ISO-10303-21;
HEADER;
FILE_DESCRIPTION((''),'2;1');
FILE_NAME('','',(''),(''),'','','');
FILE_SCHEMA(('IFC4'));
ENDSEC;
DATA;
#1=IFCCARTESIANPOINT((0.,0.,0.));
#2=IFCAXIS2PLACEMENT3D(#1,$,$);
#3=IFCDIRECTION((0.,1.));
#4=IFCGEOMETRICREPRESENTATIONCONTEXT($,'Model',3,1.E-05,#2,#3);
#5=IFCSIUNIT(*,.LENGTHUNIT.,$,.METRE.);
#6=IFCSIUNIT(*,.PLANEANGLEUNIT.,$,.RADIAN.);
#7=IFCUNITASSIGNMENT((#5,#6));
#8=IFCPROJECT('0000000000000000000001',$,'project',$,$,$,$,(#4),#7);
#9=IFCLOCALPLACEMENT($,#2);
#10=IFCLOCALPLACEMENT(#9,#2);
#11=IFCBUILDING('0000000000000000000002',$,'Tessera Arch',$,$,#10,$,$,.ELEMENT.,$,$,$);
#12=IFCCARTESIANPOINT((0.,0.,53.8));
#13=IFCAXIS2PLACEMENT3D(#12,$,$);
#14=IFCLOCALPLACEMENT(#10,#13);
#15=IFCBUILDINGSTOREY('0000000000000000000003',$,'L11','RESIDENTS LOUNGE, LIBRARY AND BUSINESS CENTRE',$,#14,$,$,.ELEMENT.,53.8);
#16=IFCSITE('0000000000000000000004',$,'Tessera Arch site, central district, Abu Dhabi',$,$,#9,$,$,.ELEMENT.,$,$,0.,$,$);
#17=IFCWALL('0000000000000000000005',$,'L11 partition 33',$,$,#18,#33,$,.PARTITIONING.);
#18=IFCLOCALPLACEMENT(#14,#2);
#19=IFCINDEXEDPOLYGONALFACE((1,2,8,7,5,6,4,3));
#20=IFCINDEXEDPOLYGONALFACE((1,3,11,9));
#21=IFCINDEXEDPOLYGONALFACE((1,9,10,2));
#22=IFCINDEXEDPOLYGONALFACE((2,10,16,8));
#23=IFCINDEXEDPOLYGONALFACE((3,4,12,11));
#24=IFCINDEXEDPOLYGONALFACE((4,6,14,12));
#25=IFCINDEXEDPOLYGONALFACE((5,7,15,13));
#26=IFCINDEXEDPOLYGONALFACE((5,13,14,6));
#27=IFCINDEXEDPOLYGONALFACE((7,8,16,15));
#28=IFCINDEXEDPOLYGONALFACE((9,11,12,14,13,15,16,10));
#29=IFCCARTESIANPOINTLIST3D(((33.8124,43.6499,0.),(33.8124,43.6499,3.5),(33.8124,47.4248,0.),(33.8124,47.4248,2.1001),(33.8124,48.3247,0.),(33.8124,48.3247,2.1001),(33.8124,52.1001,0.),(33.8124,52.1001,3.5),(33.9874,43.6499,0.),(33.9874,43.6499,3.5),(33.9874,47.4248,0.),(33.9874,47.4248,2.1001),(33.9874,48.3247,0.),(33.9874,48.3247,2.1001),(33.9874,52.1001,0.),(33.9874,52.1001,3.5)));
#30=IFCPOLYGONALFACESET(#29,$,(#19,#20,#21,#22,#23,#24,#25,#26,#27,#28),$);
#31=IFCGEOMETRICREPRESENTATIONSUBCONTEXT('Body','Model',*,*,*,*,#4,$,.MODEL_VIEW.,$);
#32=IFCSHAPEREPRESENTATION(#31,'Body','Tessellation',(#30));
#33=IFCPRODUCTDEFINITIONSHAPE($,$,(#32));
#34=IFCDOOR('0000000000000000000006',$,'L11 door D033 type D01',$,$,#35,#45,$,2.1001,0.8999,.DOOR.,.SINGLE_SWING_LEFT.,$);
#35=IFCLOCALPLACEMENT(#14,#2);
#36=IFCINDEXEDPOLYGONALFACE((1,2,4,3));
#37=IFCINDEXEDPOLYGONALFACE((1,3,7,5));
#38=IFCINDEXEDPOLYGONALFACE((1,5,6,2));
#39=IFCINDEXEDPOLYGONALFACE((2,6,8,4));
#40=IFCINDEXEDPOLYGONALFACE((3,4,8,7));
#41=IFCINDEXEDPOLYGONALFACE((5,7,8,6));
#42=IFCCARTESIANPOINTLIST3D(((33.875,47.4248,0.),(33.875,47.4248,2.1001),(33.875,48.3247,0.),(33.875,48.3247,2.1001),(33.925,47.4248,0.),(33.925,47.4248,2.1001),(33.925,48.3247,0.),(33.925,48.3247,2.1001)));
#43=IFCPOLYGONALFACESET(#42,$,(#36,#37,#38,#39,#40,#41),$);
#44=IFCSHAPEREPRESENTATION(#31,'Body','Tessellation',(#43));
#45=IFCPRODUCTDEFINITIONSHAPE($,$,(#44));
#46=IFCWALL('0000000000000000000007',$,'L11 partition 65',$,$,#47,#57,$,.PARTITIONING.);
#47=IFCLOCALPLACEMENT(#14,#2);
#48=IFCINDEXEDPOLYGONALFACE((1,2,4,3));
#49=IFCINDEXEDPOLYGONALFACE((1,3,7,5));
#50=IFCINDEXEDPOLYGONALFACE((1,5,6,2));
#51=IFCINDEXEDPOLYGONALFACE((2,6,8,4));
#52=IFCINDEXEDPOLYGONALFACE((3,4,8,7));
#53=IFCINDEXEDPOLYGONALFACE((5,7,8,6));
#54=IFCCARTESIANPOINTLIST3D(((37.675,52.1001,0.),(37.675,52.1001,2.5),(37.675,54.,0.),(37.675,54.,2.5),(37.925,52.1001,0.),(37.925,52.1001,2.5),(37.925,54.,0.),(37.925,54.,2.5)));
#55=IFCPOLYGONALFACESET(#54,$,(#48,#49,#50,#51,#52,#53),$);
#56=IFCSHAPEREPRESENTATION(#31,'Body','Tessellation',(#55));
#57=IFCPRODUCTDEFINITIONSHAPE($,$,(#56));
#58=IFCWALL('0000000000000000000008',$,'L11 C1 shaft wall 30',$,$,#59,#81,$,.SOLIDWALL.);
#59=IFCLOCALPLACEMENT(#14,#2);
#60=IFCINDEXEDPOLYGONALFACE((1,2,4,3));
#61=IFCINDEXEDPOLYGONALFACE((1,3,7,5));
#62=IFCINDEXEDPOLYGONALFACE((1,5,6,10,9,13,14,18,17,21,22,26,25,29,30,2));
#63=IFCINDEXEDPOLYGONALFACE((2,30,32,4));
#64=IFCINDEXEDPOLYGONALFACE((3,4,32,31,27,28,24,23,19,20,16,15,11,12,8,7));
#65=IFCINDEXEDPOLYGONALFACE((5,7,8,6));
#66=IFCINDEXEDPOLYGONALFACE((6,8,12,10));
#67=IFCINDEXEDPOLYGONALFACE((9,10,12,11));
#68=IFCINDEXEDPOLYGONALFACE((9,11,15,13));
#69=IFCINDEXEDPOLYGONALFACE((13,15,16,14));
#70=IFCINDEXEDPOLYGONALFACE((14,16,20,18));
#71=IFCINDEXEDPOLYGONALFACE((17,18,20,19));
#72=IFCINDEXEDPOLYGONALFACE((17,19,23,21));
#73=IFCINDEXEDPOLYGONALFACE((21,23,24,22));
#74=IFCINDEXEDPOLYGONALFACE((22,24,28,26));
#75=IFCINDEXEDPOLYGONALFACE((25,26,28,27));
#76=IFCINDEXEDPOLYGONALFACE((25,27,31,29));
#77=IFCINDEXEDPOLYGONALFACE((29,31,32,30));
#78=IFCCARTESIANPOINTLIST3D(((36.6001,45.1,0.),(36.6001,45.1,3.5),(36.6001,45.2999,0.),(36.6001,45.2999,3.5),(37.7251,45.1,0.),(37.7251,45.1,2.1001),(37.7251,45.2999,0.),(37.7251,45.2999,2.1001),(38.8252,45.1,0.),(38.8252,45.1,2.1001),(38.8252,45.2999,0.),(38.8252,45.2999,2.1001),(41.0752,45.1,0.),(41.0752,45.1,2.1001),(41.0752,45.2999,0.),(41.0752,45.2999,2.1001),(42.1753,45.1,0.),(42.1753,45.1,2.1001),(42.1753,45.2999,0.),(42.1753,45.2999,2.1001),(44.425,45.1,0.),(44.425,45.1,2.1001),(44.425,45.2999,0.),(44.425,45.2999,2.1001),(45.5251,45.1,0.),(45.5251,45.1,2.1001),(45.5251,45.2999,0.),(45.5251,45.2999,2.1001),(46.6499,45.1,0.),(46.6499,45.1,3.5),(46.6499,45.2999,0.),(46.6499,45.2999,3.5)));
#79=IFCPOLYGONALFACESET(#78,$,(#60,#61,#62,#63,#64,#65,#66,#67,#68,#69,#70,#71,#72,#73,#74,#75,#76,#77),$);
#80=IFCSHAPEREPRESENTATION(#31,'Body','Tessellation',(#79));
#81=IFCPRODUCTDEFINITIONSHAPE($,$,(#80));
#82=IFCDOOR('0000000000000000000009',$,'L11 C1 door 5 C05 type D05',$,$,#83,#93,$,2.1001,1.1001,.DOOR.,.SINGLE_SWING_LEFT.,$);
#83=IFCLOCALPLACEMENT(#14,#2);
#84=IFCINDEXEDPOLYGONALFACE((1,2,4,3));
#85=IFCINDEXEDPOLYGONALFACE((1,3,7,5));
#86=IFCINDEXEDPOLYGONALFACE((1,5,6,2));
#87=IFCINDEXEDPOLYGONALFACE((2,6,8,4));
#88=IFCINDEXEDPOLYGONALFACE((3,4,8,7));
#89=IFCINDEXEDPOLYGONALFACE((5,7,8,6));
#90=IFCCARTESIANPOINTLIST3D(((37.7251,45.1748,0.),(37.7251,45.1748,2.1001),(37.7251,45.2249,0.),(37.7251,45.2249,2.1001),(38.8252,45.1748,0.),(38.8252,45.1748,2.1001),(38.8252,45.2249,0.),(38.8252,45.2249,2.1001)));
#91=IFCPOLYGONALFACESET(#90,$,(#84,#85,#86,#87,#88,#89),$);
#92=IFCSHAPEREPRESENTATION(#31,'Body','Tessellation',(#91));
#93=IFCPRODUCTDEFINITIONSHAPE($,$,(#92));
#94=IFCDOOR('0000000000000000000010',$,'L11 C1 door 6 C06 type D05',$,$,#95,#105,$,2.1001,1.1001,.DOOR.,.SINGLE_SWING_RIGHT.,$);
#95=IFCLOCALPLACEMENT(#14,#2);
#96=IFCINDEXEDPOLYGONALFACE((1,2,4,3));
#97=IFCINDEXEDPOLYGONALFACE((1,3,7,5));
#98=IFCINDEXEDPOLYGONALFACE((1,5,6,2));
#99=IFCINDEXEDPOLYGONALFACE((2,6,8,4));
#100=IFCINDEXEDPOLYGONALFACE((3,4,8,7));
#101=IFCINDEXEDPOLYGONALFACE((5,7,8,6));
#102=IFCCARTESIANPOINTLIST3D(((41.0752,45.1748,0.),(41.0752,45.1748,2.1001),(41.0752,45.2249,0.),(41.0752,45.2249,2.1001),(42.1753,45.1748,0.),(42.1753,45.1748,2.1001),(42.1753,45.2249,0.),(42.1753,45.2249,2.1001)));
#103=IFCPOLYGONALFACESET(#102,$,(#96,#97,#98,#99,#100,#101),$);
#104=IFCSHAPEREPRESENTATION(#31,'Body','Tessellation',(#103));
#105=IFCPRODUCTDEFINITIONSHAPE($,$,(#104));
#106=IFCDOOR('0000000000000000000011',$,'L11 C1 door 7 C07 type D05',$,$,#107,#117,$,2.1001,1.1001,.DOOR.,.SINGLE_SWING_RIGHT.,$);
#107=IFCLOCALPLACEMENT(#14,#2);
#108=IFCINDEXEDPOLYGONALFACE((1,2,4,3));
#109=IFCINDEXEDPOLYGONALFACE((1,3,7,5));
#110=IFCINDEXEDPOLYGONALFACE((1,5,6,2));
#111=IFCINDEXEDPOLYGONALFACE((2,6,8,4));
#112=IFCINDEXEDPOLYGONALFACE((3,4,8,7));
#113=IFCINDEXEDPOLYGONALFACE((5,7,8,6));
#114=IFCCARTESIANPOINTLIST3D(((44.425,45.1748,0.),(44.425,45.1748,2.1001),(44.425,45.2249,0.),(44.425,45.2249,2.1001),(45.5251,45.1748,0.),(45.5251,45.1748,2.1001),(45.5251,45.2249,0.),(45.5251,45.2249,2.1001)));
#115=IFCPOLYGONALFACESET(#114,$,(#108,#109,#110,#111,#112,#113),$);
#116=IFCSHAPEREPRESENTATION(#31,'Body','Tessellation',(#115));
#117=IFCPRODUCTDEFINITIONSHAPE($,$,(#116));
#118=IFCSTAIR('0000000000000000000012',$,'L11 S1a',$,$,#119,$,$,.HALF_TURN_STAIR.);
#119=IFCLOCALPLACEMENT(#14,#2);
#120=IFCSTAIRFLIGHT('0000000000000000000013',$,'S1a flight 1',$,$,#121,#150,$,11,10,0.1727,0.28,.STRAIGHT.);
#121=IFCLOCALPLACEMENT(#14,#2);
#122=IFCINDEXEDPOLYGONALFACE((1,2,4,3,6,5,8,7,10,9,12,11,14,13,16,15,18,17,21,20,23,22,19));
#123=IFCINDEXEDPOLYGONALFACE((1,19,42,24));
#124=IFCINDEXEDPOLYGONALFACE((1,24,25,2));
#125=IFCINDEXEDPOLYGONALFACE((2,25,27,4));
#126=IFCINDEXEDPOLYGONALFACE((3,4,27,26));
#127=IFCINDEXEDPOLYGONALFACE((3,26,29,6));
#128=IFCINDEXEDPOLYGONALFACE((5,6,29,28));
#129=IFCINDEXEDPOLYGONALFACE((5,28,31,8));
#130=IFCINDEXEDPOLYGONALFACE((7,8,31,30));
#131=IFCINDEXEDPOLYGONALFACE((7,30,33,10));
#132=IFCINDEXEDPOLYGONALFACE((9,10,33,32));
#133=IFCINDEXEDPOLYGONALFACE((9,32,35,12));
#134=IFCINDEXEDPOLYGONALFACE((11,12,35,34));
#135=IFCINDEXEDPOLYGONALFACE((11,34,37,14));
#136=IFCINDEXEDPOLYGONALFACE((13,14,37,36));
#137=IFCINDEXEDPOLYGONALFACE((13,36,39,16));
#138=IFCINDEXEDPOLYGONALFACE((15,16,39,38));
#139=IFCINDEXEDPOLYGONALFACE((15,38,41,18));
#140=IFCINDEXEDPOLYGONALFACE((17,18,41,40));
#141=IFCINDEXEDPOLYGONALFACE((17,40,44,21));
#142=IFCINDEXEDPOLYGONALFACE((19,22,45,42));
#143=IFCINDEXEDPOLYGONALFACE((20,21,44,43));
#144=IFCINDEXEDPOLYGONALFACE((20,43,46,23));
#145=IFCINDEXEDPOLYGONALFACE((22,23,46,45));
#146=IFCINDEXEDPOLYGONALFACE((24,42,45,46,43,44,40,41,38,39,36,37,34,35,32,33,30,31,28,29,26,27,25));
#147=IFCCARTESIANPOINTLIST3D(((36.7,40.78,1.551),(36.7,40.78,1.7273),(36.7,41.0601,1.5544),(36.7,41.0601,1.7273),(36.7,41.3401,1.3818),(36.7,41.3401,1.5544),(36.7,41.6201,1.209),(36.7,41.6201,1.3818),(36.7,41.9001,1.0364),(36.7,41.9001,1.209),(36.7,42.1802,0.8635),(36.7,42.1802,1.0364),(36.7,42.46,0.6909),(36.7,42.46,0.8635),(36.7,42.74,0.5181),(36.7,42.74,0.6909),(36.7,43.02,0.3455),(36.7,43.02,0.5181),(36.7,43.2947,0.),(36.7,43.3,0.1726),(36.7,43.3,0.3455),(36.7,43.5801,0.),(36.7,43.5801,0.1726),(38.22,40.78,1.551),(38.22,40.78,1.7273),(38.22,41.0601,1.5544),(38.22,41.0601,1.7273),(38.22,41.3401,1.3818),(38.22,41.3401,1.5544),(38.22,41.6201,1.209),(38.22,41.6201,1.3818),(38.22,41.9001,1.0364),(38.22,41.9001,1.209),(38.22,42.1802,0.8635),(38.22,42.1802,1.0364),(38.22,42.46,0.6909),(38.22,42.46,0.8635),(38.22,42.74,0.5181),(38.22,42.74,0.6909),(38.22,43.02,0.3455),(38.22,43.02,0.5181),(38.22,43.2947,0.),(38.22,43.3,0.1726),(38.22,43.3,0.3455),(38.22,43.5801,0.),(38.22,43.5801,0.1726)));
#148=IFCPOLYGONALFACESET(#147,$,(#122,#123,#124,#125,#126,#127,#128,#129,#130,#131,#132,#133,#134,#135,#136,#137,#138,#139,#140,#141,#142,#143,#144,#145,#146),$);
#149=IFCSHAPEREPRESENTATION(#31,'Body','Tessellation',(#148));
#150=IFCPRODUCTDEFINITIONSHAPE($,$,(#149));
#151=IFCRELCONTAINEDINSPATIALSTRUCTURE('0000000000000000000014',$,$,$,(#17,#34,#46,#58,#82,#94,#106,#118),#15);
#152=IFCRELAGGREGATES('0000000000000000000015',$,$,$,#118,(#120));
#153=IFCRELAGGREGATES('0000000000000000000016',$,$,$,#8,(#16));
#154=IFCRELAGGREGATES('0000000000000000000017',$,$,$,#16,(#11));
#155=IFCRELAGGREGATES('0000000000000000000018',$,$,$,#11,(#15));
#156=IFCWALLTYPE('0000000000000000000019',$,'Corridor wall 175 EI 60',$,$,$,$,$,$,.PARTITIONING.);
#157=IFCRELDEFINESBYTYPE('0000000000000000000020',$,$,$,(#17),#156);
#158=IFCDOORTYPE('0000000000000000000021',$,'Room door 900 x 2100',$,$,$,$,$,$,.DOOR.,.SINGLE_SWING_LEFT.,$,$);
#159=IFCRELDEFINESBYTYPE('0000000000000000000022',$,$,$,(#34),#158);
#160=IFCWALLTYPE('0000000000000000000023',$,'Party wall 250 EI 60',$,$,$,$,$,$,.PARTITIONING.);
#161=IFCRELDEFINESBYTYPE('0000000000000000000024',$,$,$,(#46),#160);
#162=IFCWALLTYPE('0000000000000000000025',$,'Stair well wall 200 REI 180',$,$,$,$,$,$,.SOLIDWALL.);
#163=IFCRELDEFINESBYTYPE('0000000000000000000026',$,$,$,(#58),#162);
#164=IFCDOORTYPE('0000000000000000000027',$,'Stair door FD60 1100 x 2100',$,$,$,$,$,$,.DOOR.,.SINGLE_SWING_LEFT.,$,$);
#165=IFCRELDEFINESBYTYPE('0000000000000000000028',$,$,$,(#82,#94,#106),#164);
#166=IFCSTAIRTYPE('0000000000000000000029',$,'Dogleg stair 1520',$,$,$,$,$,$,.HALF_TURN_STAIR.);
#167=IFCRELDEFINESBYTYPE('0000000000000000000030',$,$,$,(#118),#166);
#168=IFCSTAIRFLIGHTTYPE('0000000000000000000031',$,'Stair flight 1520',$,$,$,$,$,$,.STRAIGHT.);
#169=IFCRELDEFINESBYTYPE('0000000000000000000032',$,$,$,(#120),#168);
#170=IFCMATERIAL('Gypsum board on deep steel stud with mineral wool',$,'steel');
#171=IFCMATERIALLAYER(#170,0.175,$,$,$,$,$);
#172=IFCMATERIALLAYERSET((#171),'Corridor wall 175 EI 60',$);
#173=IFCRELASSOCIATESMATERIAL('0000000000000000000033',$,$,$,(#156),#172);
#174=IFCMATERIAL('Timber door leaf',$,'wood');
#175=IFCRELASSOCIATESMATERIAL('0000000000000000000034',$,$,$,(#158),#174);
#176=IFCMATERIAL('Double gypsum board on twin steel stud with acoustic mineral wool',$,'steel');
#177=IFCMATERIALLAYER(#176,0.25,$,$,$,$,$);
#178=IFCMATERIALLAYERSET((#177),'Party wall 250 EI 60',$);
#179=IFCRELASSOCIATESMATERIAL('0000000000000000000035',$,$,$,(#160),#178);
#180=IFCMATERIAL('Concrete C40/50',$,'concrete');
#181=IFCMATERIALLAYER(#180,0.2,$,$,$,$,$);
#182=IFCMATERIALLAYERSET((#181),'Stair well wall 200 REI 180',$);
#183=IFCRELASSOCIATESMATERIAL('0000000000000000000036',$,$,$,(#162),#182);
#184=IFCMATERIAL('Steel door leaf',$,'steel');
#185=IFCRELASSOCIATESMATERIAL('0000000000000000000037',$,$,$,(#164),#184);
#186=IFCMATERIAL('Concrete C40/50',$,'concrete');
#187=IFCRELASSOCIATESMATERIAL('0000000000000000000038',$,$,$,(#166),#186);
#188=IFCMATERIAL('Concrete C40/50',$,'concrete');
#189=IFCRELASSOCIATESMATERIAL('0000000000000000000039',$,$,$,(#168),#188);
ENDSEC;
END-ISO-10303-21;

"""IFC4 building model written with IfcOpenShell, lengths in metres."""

from ifc_helpers import new_model, si_unit, direction, frame, frame_2d, origin, place, context, subcontext, project, spatial, polyline, rectangle, outline, extrude, material, layer, layer_set, type_object, element, fill, aggregate, save


model = new_model("IFC4")

# Units and contexts
model_context = context("Model", 3, precision=1e-05, world=origin(), true_north=direction((0.0, 1.0)))
body_context = subcontext(model_context, "Body", "Model", "MODEL_VIEW")
ifc_project = project(units=[si_unit("LENGTHUNIT", "METRE"), si_unit("PLANEANGLEUNIT", "RADIAN")], contexts=[model_context])

# Site, building, storey
site_placement = place(None, origin())
site = spatial("IfcSite", under=ifc_project, at=site_placement, Name="Tessera Arch site, central district, Abu Dhabi", CompositionType="ELEMENT", RefElevation=0.0)
building_placement = place(site_placement, origin())
building = spatial("IfcBuilding", under=site, at=building_placement, Name="Tessera Arch", CompositionType="ELEMENT")
storey_placement = place(building_placement, frame((0.0, 0.0, 53.8)))
storey = spatial("IfcBuildingStorey", under=building, at=storey_placement, Name="L11", Description="RESIDENTS LOUNGE, LIBRARY AND BUSINESS CENTRE", CompositionType="ELEMENT", Elevation=53.8)

# Wall, opening, door
ifc_material_1 = material(Name="Gypsum board on deep steel stud with mineral wool", Category="steel")
ifc_layer_1 = layer(ifc_material_1, 0.175)
ifc_layer_set_1 = layer_set([ifc_layer_1], Name="Corridor wall 175 EI 60")
wall_type_1 = type_object("IfcWallType", Name="Corridor wall 175 EI 60", PredefinedType="PARTITIONING", material=ifc_layer_set_1)
wall_1_placement = place(storey_placement, frame((33.8999, 43.6499, 0.0), z_axis=(0.0, 0.0, 1.0), x_axis=(0.0, 1.0, 0.0)))
wall_1 = element("IfcWall", 1, at=wall_1_placement, inside=storey, type_object=wall_type_1, Name="L11 partition 33", PredefinedType="PARTITIONING", context=body_context, shape_type="SweptSolid", body=[
    extrude(rectangle(XDim=8.4502, YDim=0.175, at=frame_2d((4.2251, 0.0))), origin(), (0.0, 0.0, 1.0), 3.5),
])
opening_1_placement = place(wall_1_placement, frame((3.7749, 0.0, 0.0)))
opening_1 = element("IfcOpeningElement", 2, at=opening_1_placement, cuts=wall_1, PredefinedType="OPENING", context=body_context, shape_type="SweptSolid", body=[
    extrude(rectangle(XDim=0.8999, YDim=2.1001, at=frame_2d((0.45, 1.05))), frame((0.0, 0.0974, 0.0), z_axis=(0.0, -1.0, 0.0), x_axis=(1.0, 0.0, 0.0)), (0.0, 0.0, 1.0), 0.1951),
])
ifc_material_2 = material(Name="Timber door leaf", Category="wood")
door_type_1 = type_object("IfcDoorType", Name="Room door 900 x 2100", OperationType="SINGLE_SWING_LEFT", PredefinedType="DOOR", material=ifc_material_2)
door_1_placement = place(opening_1_placement, origin())
door_1 = element("IfcDoor", 3, at=door_1_placement, inside=storey, type_object=door_type_1, Name="L11 door D033 type D01", OperationType="SINGLE_SWING_LEFT", OverallHeight=2.1001, OverallWidth=0.8999, PredefinedType="DOOR", context=body_context, shape_type="SweptSolid", body=[
    extrude(rectangle(XDim=0.8999, YDim=2.1001, at=frame_2d((0.45, 1.05))), frame((0.0, 0.0249, 0.0), z_axis=(0.0, -1.0, 0.0), x_axis=(1.0, 0.0, 0.0)), (0.0, 0.0, 1.0), 0.05),
])
fill(opening_1, door_1)

# Wall
ifc_material_3 = material(Name="Double gypsum board on twin steel stud with acoustic mineral wool", Category="steel")
ifc_layer_2 = layer(ifc_material_3, 0.25)
ifc_layer_set_2 = layer_set([ifc_layer_2], Name="Party wall 250 EI 60")
wall_type_2 = type_object("IfcWallType", Name="Party wall 250 EI 60", PredefinedType="PARTITIONING", material=ifc_layer_set_2)
wall_2_placement = place(storey_placement, frame((37.8, 52.1001, 0.0), z_axis=(0.0, 0.0, 1.0), x_axis=(0.0, 1.0, 0.0)))
element("IfcWall", 4, at=wall_2_placement, inside=storey, type_object=wall_type_2, Name="L11 partition 65", PredefinedType="PARTITIONING", context=body_context, shape_type="SweptSolid", body=[
    extrude(rectangle(XDim=1.8999, YDim=0.25, at=frame_2d((0.95, 0.0))), origin(), (0.0, 0.0, 1.0), 2.5),
])

# Wall, openings, doors
ifc_material_4 = material(Name="Concrete C40/50", Category="concrete")
ifc_layer_3 = layer(ifc_material_4, 0.2)
ifc_layer_set_3 = layer_set([ifc_layer_3], Name="Stair well wall 200 REI 180")
wall_type_3 = type_object("IfcWallType", Name="Stair well wall 200 REI 180", PredefinedType="SOLIDWALL", material=ifc_layer_set_3)
wall_3_placement = place(storey_placement, frame((36.6001, 45.2, 0.0), z_axis=(0.0, 0.0, 1.0), x_axis=(1.0, 0.0, 0.0)))
wall_3 = element("IfcWall", 5, at=wall_3_placement, inside=storey, type_object=wall_type_3, Name="L11 C1 shaft wall 30", PredefinedType="SOLIDWALL", context=body_context, shape_type="SweptSolid", body=[
    extrude(rectangle(XDim=10.0498, YDim=0.2, at=frame_2d((5.0249, 0.0))), origin(), (0.0, 0.0, 1.0), 3.5),
])
opening_2_placement = place(wall_3_placement, frame((1.125, 0.0, 0.0)))
opening_2 = element("IfcOpeningElement", 6, at=opening_2_placement, cuts=wall_3, PredefinedType="OPENING", context=body_context, shape_type="SweptSolid", body=[
    extrude(rectangle(XDim=1.1001, YDim=2.1001, at=frame_2d((0.55, 1.05))), frame((0.0, 0.1099, 0.0), z_axis=(0.0, -1.0, 0.0), x_axis=(1.0, 0.0, 0.0)), (0.0, 0.0, 1.0), 0.22),
])
opening_3_placement = place(wall_3_placement, frame((4.4751, 0.0, 0.0)))
opening_3 = element("IfcOpeningElement", 7, at=opening_3_placement, cuts=wall_3, PredefinedType="OPENING", context=body_context, shape_type="SweptSolid", body=[
    extrude(rectangle(XDim=1.1001, YDim=2.1001, at=frame_2d((0.55, 1.05))), frame((0.0, 0.1099, 0.0), z_axis=(0.0, -1.0, 0.0), x_axis=(1.0, 0.0, 0.0)), (0.0, 0.0, 1.0), 0.22),
])
opening_4_placement = place(wall_3_placement, frame((7.825, 0.0, 0.0)))
opening_4 = element("IfcOpeningElement", 8, at=opening_4_placement, cuts=wall_3, PredefinedType="OPENING", context=body_context, shape_type="SweptSolid", body=[
    extrude(rectangle(XDim=1.1001, YDim=2.1001, at=frame_2d((0.55, 1.05))), frame((0.0, 0.1099, 0.0), z_axis=(0.0, -1.0, 0.0), x_axis=(1.0, 0.0, 0.0)), (0.0, 0.0, 1.0), 0.22),
])
ifc_material_5 = material(Name="Steel door leaf", Category="steel")
door_type_2 = type_object("IfcDoorType", Name="Stair door FD60 1100 x 2100", OperationType="SINGLE_SWING_LEFT", PredefinedType="DOOR", material=ifc_material_5)
door_2_placement = place(opening_2_placement, origin())
door_2 = element("IfcDoor", 9, at=door_2_placement, inside=storey, type_object=door_type_2, Name="L11 C1 door 5 C05 type D05", OperationType="SINGLE_SWING_LEFT", OverallHeight=2.1001, OverallWidth=1.1001, PredefinedType="DOOR", context=body_context, shape_type="SweptSolid", body=[
    extrude(rectangle(XDim=1.1001, YDim=2.1001, at=frame_2d((0.55, 1.05))), frame((0.0, 0.0249, 0.0), z_axis=(0.0, -1.0, 0.0), x_axis=(1.0, 0.0, 0.0)), (0.0, 0.0, 1.0), 0.05),
])
fill(opening_2, door_2)
door_3_placement = place(opening_3_placement, origin())
door_3 = element("IfcDoor", 10, at=door_3_placement, inside=storey, type_object=door_type_2, Name="L11 C1 door 6 C06 type D05", OperationType="SINGLE_SWING_RIGHT", OverallHeight=2.1001, OverallWidth=1.1001, PredefinedType="DOOR", context=body_context, shape_type="SweptSolid", body=[
    extrude(rectangle(XDim=1.1001, YDim=2.1001, at=frame_2d((0.55, 1.05))), frame((0.0, 0.0249, 0.0), z_axis=(0.0, -1.0, 0.0), x_axis=(1.0, 0.0, 0.0)), (0.0, 0.0, 1.0), 0.05),
])
fill(opening_3, door_3)
door_4_placement = place(opening_4_placement, origin())
door_4 = element("IfcDoor", 11, at=door_4_placement, inside=storey, type_object=door_type_2, Name="L11 C1 door 7 C07 type D05", OperationType="SINGLE_SWING_RIGHT", OverallHeight=2.1001, OverallWidth=1.1001, PredefinedType="DOOR", context=body_context, shape_type="SweptSolid", body=[
    extrude(rectangle(XDim=1.1001, YDim=2.1001, at=frame_2d((0.55, 1.05))), frame((0.0, 0.0249, 0.0), z_axis=(0.0, -1.0, 0.0), x_axis=(1.0, 0.0, 0.0)), (0.0, 0.0, 1.0), 0.05),
])
fill(opening_4, door_4)

# Stair, stair flight
ifc_material_6 = material(Name="Concrete C40/50", Category="concrete")
stair_type = type_object("IfcStairType", Name="Dogleg stair 1520", PredefinedType="HALF_TURN_STAIR", material=ifc_material_6)
stair_placement = place(storey_placement, origin())
stair = element("IfcStair", 12, at=stair_placement, inside=storey, type_object=stair_type, Name="L11 S1a", PredefinedType="HALF_TURN_STAIR")
ifc_material_7 = material(Name="Concrete C40/50", Category="concrete")
stair_flight_type = type_object("IfcStairFlightType", Name="Stair flight 1520", PredefinedType="STRAIGHT", material=ifc_material_7)
stair_flight_placement = place(storey_placement, frame((37.46, 43.5801, 0.0), z_axis=(0.0, 0.0, 1.0), x_axis=(0.0, -1.0, 0.0)))
stair_flight = element("IfcStairFlight", 13, at=stair_flight_placement, type_object=stair_flight_type, Name="S1a flight 1", NumberOfRisers=11, NumberOfTreads=10, PredefinedType="STRAIGHT", RiserHeight=0.1727, TreadLength=0.28, context=body_context, shape_type="SweptSolid", body=[
    extrude(outline(polyline([(0.0, 0.0), (0.0, 0.1726), (0.28, 0.1726), (0.28, 0.3455), (0.5601, 0.3455), (0.5601, 0.5181), (0.8401, 0.5181), (0.8401, 0.6909), (1.1201, 0.6909), (1.1201, 0.8635), (1.3999, 0.8635), (1.3999, 1.0364), (1.6799, 1.0364), (1.6799, 1.209), (1.96, 1.209), (1.96, 1.3818), (2.24, 1.3818), (2.24, 1.5544), (2.52, 1.5544), (2.52, 1.7273), (2.8, 1.7273), (2.8, 1.8999), (2.8, 1.551), (0.2854, 0.0), (0.0, 0.0)])), frame((0.0, 0.76, 0.0), z_axis=(0.0, -1.0, 0.0), x_axis=(1.0, 0.0, 0.0)), (0.0, 0.0, 1.0), 1.52),
])
aggregate(stair, [stair_flight])

save(model, "model.ifc")
